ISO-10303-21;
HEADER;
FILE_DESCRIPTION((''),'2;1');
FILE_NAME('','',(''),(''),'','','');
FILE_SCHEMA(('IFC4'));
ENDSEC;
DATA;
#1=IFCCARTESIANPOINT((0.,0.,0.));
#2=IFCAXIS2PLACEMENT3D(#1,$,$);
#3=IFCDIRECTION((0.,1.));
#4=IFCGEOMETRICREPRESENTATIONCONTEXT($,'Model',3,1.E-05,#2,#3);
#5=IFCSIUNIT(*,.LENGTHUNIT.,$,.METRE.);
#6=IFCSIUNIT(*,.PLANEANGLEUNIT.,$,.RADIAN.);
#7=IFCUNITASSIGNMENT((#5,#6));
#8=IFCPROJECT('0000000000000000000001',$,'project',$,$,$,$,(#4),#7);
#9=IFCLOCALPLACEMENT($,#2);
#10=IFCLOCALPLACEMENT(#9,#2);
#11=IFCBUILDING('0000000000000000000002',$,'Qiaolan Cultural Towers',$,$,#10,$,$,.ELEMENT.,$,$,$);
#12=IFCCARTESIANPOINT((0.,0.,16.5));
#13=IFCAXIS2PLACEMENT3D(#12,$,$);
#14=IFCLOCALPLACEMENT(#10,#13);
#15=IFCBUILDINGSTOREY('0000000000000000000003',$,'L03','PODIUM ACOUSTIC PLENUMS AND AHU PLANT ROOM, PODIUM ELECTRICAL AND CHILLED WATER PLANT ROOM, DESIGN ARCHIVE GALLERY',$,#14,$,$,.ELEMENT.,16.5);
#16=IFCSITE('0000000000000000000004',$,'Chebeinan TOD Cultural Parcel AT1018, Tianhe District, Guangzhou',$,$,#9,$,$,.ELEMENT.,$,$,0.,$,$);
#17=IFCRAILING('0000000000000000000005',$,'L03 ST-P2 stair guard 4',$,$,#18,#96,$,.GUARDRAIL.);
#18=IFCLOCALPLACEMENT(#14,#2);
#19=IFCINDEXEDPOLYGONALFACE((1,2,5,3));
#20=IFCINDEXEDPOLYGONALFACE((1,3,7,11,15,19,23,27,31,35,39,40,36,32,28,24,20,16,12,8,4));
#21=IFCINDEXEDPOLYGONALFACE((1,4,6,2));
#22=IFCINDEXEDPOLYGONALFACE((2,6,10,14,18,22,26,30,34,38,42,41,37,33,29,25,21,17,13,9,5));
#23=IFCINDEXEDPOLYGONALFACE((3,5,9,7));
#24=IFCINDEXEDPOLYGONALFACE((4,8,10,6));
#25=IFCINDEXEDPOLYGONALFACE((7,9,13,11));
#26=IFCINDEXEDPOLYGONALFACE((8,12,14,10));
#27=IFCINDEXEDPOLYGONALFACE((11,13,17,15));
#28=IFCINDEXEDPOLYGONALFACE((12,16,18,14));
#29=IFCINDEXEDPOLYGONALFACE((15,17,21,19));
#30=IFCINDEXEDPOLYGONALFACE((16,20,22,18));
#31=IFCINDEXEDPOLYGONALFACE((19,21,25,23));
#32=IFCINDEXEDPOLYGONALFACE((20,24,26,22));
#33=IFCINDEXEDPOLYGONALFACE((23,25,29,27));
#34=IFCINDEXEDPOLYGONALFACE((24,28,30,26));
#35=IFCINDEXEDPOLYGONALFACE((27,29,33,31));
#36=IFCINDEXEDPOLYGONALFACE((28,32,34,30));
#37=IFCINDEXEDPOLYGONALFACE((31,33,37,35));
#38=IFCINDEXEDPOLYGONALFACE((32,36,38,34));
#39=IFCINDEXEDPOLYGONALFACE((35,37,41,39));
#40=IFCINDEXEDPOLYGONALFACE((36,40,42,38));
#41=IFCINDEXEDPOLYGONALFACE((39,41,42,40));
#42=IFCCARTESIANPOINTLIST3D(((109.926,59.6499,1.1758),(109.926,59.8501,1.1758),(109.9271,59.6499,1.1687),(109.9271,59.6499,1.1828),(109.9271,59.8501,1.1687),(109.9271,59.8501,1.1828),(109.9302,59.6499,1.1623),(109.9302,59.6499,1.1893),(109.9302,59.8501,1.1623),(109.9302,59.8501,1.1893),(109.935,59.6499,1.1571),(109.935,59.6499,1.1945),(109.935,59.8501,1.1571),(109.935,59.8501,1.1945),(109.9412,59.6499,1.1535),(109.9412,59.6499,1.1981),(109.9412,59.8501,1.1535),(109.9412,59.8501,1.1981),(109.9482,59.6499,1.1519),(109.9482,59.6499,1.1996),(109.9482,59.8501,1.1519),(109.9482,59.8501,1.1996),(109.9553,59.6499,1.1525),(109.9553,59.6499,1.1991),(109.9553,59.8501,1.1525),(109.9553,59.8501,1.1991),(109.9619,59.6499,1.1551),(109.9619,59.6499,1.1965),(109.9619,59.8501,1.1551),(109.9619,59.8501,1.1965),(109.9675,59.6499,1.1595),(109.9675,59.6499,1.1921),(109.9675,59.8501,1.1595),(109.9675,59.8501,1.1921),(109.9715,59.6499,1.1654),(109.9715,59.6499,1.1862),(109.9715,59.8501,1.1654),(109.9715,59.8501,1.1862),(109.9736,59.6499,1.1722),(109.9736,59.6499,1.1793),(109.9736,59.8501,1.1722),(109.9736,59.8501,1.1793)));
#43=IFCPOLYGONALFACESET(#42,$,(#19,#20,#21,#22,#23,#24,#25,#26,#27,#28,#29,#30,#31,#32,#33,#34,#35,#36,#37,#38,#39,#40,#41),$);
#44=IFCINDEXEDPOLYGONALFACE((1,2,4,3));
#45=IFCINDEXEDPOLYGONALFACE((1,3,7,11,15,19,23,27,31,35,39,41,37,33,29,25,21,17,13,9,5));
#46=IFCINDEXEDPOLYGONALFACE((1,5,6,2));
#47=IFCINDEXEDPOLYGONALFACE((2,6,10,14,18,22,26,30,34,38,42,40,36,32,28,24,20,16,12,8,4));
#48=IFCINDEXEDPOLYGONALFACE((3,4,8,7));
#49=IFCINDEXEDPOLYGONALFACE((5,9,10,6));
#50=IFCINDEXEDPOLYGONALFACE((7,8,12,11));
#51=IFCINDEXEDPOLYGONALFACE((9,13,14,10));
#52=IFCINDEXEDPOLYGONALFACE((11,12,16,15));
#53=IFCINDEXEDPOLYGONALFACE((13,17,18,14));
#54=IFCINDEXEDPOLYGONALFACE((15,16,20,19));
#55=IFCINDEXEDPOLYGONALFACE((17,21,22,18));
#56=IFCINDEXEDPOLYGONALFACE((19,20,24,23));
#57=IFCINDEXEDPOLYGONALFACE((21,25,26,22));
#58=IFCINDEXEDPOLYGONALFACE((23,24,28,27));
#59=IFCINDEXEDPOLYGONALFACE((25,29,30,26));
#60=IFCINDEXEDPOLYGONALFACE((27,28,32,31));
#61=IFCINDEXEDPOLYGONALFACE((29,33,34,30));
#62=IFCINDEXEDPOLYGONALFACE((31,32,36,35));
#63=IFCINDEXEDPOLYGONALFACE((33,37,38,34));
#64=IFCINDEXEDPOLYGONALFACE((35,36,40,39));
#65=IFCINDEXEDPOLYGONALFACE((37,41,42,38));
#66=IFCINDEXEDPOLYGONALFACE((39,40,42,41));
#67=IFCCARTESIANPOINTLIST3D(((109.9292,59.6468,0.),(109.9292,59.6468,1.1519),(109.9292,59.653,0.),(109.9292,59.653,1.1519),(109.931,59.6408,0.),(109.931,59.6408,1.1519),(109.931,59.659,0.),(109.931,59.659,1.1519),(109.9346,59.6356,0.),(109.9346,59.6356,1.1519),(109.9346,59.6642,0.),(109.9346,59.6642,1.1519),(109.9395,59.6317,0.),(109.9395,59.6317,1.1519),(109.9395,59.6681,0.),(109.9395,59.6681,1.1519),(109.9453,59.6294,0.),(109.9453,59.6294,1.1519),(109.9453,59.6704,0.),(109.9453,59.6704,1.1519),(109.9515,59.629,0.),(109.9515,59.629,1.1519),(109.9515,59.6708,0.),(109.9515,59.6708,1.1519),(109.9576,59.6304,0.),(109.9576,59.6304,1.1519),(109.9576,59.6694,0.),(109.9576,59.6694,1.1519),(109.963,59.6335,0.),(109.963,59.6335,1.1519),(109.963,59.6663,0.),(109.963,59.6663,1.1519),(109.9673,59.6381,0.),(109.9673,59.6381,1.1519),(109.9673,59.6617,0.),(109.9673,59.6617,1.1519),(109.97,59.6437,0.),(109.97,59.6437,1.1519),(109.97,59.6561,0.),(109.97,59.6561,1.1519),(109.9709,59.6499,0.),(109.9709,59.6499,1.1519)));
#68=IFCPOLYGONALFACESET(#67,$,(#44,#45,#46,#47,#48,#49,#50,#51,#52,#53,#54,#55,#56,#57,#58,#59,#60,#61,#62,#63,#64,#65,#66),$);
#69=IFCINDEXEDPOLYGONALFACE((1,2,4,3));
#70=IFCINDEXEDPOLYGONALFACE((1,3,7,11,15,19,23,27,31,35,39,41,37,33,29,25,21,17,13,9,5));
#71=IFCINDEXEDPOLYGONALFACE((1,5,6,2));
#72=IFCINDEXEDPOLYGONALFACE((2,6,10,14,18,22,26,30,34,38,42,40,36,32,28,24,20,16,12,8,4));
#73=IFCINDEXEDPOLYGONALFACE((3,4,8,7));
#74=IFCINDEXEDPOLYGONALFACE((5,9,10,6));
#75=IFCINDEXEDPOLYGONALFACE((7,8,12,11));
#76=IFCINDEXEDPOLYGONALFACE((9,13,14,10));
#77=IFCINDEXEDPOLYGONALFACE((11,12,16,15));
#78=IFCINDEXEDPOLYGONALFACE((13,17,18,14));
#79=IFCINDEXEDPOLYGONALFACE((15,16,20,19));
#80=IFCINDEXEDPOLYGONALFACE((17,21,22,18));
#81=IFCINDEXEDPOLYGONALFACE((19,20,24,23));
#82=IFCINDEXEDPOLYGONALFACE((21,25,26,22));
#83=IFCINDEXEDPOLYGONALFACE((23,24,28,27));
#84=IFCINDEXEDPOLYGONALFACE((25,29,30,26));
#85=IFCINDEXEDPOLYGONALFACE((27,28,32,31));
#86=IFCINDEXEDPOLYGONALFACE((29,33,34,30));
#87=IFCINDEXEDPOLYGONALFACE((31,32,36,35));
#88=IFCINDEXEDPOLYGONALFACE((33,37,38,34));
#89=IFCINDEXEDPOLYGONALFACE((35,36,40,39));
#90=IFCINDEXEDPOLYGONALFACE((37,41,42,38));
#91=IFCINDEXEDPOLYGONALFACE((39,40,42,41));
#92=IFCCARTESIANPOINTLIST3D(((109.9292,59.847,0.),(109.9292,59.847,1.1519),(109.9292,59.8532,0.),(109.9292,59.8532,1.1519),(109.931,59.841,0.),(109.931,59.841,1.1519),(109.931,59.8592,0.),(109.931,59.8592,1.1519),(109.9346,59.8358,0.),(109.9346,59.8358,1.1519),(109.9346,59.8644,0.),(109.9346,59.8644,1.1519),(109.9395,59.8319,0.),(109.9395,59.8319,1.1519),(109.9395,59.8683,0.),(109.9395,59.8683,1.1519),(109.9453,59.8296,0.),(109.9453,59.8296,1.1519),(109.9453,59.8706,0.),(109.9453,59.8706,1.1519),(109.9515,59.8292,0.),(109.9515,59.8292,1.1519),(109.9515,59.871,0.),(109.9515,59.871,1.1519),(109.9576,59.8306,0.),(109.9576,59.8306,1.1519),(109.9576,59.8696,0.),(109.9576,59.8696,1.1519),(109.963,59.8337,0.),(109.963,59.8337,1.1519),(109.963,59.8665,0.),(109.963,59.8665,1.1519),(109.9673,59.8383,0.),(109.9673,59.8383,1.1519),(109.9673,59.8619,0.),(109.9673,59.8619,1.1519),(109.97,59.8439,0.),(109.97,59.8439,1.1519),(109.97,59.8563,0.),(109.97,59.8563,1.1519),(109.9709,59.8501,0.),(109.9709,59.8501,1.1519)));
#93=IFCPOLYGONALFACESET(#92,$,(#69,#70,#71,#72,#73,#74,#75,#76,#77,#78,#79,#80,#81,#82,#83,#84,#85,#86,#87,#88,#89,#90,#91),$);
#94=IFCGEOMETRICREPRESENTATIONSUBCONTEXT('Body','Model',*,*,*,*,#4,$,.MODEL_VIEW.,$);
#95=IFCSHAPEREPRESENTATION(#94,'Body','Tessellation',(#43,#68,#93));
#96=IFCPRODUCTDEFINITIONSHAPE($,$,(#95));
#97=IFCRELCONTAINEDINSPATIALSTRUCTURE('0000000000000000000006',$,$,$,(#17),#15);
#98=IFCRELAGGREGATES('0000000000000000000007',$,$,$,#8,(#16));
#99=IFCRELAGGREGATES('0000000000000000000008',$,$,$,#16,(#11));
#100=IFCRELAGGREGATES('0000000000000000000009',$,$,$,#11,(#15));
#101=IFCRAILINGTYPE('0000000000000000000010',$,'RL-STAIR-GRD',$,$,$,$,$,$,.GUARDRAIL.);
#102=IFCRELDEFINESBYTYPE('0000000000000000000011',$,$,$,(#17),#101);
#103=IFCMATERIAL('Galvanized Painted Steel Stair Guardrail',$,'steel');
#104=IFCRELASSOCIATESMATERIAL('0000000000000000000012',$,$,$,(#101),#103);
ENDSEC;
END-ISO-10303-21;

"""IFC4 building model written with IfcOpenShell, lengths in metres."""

from ifc_helpers import new_model, si_unit, direction, frame, origin, origin_2d, place, context, subcontext, project, spatial, circle, extrude, material, type_object, element, save


model = new_model("IFC4")

# Units and contexts
model_context = context("Model", 3, precision=1e-05, world=origin(), true_north=direction((0.0, 1.0)))
body_context = subcontext(model_context, "Body", "Model", "MODEL_VIEW")
ifc_project = project(units=[si_unit("LENGTHUNIT", "METRE"), si_unit("PLANEANGLEUNIT", "RADIAN")], contexts=[model_context])

# Site, building, storey
site_placement = place(None, origin())
site = spatial("IfcSite", under=ifc_project, at=site_placement, Name="Chebeinan TOD Cultural Parcel AT1018, Tianhe District, Guangzhou", CompositionType="ELEMENT", RefElevation=0.0)
building_placement = place(site_placement, origin())
building = spatial("IfcBuilding", under=site, at=building_placement, Name="Qiaolan Cultural Towers", CompositionType="ELEMENT")
storey_placement = place(building_placement, frame((0.0, 0.0, 16.5)))
storey = spatial("IfcBuildingStorey", under=building, at=storey_placement, Name="L03", Description="PODIUM ACOUSTIC PLENUMS AND AHU PLANT ROOM, PODIUM ELECTRICAL AND CHILLED WATER PLANT ROOM, DESIGN ARCHIVE GALLERY", CompositionType="ELEMENT", Elevation=16.5)

# Railing
ifc_material_1 = material(Name="Galvanized Painted Steel Stair Guardrail", Category="steel")
railing_type_1 = type_object("IfcRailingType", Name="RL-STAIR-GRD", PredefinedType="GUARDRAIL", material=ifc_material_1)
railing_1_placement = place(storey_placement, frame((109.95, 59.6499, 0.0)))
element("IfcRailing", 1, at=railing_1_placement, inside=storey, type_object=railing_type_1, Name="L03 ST-P2 stair guard 4", PredefinedType="GUARDRAIL", context=body_context, shape_type="SweptSolid", body=[
    extrude(circle(Radius=0.0239, at=origin_2d()), frame((0.0, 0.0, 1.1758), z_axis=(0.0, 1.0, 0.0), x_axis=(-1.0, 0.0, 0.0)), (0.0, 0.0, 1.0), 0.2002),
    extrude(circle(Radius=0.021, at=origin_2d()), origin(), (0.0, 0.0, 1.0), 1.1519),
    extrude(circle(Radius=0.021, at=origin_2d()), frame((0.0, 0.2002, 0.0)), (0.0, 0.0, 1.0), 1.1519),
])

save(model, "model.ifc")
